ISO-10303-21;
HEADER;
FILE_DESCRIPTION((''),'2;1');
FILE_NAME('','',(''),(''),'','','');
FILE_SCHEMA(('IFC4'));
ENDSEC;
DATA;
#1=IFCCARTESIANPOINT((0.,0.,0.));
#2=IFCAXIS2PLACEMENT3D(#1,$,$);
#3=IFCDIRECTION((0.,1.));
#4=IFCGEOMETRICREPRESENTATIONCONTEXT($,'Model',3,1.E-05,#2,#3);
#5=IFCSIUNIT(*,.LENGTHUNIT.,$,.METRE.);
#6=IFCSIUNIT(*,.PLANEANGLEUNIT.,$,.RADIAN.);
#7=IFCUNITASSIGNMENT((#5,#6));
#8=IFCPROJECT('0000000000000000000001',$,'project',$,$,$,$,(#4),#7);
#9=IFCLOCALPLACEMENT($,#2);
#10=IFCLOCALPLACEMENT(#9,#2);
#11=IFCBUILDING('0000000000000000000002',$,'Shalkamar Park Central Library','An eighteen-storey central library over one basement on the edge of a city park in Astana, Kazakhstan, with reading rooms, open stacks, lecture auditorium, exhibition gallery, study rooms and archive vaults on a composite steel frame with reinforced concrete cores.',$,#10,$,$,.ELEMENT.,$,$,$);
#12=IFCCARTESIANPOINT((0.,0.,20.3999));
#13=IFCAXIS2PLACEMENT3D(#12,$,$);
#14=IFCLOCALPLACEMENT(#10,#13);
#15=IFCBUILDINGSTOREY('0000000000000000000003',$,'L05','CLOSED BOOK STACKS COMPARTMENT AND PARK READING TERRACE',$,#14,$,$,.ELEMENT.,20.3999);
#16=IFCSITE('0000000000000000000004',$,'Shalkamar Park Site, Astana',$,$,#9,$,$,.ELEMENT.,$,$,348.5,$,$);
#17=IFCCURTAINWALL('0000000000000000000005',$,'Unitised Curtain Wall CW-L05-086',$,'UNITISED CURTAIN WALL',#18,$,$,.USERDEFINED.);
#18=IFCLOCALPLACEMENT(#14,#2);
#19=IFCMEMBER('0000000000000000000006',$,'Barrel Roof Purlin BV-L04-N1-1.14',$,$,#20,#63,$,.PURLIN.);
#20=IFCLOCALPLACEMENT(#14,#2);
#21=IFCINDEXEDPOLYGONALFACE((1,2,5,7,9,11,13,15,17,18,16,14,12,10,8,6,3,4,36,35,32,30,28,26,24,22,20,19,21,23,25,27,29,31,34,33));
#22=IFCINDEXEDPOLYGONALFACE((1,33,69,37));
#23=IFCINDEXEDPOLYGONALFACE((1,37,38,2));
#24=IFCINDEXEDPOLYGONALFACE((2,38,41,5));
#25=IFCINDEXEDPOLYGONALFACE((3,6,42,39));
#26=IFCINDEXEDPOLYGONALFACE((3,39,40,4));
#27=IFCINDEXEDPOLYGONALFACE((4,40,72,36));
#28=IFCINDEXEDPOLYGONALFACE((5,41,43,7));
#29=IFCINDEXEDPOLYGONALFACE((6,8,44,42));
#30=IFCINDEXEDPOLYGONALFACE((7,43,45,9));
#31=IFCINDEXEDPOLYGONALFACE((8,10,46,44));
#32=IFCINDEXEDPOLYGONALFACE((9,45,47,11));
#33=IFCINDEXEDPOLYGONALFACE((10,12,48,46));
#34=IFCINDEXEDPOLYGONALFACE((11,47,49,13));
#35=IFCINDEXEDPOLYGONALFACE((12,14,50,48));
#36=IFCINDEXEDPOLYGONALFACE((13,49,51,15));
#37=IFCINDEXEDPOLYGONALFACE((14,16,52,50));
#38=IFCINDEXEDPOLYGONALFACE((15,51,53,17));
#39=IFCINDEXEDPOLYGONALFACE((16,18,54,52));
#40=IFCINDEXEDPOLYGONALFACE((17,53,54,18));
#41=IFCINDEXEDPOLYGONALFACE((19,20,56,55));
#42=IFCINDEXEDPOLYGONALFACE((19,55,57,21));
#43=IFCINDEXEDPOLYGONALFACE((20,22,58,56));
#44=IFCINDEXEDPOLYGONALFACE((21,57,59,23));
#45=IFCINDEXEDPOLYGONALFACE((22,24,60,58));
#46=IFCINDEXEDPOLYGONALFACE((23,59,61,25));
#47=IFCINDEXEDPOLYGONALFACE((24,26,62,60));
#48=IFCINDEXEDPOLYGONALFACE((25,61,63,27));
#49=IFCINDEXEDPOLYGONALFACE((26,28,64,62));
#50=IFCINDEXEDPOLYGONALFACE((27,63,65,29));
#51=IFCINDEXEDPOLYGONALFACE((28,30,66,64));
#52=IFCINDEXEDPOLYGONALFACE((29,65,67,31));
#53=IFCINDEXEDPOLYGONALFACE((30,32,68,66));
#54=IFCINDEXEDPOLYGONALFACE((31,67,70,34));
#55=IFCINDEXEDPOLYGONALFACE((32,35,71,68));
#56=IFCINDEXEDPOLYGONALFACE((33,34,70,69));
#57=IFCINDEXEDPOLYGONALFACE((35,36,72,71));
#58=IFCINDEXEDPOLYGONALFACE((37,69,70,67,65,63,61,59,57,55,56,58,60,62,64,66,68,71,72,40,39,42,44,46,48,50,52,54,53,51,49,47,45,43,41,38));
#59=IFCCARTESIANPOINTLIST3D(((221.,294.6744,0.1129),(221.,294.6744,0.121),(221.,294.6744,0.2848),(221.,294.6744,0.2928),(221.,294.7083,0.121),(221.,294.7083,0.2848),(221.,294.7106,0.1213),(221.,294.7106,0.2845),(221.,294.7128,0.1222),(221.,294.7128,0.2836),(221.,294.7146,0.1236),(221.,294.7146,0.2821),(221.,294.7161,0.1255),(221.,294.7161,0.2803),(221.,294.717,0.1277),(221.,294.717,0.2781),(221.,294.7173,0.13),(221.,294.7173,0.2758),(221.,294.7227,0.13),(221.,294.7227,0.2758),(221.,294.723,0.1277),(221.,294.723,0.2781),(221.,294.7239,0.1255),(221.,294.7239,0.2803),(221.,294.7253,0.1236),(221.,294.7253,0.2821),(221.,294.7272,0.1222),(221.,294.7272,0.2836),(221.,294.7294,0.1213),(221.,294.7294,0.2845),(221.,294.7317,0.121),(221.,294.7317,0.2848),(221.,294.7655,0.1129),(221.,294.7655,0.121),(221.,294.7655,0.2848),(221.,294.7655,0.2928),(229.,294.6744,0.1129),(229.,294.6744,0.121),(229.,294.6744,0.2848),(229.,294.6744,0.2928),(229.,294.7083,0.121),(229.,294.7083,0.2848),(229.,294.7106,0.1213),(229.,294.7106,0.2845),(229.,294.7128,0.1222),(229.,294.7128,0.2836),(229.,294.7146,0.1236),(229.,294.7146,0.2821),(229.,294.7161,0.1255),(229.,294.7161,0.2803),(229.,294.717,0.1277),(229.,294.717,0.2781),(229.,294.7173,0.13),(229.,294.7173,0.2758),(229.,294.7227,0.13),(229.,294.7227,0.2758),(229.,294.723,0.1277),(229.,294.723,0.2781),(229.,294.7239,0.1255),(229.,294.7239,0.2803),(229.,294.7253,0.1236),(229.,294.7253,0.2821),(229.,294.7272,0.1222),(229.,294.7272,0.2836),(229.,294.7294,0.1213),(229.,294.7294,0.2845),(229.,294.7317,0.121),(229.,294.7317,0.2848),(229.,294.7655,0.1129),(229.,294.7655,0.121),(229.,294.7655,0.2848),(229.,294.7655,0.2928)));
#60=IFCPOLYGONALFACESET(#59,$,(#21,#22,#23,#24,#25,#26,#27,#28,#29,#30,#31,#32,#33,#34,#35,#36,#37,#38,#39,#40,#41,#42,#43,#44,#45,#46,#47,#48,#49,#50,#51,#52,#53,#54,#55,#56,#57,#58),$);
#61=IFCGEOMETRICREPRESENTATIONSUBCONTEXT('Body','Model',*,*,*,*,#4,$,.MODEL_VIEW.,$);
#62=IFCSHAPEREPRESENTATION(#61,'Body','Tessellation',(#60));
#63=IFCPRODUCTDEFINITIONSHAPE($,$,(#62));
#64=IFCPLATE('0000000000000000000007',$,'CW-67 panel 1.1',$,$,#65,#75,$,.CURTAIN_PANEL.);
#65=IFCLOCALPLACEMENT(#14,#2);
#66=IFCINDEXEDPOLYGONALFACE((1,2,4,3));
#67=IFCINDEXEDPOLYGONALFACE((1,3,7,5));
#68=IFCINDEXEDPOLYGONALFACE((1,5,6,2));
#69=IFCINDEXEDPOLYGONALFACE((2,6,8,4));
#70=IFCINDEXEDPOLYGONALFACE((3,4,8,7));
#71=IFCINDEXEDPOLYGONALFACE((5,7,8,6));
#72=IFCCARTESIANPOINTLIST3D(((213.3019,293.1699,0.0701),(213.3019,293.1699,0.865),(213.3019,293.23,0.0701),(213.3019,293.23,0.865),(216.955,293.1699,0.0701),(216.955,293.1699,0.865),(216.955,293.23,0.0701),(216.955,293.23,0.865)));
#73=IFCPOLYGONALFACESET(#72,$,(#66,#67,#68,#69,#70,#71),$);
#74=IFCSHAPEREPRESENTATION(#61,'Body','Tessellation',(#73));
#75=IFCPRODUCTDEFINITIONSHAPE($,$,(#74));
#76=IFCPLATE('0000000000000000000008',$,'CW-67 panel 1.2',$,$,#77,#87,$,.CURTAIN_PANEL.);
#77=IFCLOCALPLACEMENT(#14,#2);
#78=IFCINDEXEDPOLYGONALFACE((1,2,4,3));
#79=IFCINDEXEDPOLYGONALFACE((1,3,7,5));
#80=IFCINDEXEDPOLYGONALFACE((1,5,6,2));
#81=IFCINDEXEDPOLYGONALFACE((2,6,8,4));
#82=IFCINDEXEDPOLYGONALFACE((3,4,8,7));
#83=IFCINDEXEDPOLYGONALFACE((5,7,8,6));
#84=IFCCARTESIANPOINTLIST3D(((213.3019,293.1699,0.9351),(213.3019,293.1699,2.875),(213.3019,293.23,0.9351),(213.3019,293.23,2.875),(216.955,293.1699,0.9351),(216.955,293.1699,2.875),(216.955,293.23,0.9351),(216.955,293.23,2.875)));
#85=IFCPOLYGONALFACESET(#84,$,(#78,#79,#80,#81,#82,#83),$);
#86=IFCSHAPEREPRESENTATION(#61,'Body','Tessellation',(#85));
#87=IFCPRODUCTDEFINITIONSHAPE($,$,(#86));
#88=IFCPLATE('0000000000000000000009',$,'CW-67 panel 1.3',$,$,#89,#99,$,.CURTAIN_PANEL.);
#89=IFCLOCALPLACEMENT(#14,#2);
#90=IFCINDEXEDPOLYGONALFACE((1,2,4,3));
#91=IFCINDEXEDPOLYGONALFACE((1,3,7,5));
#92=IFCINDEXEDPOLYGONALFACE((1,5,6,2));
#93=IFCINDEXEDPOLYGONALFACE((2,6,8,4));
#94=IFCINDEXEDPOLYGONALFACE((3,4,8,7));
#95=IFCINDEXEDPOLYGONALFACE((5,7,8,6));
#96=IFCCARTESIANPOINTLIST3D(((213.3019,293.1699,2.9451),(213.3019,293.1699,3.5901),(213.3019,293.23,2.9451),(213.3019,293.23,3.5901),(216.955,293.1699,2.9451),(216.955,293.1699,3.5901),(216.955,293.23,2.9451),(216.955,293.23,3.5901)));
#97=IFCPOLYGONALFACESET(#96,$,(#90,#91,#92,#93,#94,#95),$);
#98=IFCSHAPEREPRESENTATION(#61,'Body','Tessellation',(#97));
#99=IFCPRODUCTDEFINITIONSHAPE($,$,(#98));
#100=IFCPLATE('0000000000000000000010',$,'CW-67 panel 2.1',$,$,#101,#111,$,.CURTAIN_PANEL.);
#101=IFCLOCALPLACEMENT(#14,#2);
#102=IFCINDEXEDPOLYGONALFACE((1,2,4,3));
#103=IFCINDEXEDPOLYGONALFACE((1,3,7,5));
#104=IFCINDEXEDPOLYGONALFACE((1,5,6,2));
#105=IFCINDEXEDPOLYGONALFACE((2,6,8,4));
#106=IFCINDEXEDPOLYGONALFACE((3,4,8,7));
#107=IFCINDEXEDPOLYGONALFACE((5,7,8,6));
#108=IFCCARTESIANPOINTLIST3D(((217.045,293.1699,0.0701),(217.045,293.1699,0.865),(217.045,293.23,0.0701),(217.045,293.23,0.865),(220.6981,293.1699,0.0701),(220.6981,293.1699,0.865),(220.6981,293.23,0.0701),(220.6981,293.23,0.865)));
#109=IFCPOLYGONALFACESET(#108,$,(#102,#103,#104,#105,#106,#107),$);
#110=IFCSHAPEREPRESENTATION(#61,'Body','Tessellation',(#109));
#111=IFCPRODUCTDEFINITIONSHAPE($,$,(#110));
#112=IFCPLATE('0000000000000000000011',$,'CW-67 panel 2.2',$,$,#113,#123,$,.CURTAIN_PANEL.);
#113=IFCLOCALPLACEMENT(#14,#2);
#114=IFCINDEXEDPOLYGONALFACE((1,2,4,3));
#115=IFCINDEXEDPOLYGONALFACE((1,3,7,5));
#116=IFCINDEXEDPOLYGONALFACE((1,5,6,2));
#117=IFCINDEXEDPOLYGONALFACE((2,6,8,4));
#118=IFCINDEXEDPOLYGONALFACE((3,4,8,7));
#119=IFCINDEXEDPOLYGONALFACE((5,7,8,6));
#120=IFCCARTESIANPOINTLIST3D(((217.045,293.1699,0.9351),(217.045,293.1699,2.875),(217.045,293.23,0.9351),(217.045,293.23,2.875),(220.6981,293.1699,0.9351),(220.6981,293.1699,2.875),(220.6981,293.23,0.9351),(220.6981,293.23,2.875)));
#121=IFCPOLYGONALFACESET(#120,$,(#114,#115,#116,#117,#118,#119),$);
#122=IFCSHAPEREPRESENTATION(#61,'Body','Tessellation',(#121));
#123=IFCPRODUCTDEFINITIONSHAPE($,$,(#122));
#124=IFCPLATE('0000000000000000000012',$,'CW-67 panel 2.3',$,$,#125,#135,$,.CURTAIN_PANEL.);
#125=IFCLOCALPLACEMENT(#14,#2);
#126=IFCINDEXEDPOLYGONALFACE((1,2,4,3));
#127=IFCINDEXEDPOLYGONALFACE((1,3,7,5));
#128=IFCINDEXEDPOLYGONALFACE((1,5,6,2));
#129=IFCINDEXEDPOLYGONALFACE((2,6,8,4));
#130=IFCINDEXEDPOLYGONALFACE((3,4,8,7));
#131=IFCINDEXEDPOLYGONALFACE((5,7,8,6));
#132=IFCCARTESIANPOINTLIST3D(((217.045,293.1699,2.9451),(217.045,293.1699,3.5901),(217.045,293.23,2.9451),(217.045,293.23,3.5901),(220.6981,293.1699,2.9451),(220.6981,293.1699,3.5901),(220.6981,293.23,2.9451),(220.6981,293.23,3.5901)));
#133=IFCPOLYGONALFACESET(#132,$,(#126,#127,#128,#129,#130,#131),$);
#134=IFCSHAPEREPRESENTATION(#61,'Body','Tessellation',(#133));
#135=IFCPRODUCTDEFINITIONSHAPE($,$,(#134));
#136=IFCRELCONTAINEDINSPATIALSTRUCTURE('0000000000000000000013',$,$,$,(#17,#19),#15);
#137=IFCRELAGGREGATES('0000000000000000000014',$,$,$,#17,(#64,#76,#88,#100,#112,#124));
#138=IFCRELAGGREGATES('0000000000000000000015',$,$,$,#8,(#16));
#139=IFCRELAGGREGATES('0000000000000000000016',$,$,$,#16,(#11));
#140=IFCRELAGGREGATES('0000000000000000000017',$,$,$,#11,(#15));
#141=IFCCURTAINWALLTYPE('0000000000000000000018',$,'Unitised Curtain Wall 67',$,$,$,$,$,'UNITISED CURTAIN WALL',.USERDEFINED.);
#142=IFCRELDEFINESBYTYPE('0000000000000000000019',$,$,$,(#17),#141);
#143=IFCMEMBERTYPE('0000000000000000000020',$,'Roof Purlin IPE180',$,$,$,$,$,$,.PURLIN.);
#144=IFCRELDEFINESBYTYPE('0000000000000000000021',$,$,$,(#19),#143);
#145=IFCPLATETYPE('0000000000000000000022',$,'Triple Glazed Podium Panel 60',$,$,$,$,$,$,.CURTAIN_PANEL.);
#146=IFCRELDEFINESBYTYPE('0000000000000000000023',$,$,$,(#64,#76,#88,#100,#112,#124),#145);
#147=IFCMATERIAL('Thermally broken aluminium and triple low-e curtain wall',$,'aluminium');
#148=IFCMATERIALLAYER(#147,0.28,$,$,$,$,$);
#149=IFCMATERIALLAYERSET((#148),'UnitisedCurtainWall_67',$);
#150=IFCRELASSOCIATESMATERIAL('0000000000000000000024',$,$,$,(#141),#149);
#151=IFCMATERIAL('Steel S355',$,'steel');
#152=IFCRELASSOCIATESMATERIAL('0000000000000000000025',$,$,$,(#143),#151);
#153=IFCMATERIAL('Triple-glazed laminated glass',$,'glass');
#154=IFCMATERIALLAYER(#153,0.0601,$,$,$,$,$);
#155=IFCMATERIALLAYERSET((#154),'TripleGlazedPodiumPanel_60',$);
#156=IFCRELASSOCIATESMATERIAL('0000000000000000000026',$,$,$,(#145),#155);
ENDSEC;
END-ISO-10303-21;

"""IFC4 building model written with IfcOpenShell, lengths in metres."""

from ifc_helpers import new_model, si_unit, direction, frame, origin, origin_2d, place, context, subcontext, project, spatial, rectangle, i_section, extrude, material, layer, layer_set, material_profile, profile_set, type_object, element, aggregate, save


model = new_model("IFC4")

# Units and contexts
model_context = context("Model", 3, precision=1e-05, world=origin(), true_north=direction((0.0, 1.0)))
body_context = subcontext(model_context, "Body", "Model", "MODEL_VIEW")
ifc_project = project(units=[si_unit("LENGTHUNIT", "METRE"), si_unit("PLANEANGLEUNIT", "RADIAN")], contexts=[model_context])

# Site, building, storey
site_placement = place(None, origin())
site = spatial("IfcSite", under=ifc_project, at=site_placement, Name="Shalkamar Park Site, Astana", CompositionType="ELEMENT", RefElevation=348.5)
building_placement = place(site_placement, origin())
building = spatial("IfcBuilding", under=site, at=building_placement, Name="Shalkamar Park Central Library", Description="An eighteen-storey central library over one basement on the edge of a city park in Astana, Kazakhstan, with reading rooms, open stacks, lecture auditorium, exhibition gallery, study rooms and archive vaults on a composite steel frame with reinforced concrete cores.", CompositionType="ELEMENT")
storey_placement = place(building_placement, frame((0.0, 0.0, 20.3999)))
storey = spatial("IfcBuildingStorey", under=building, at=storey_placement, Name="L05", Description="CLOSED BOOK STACKS COMPARTMENT AND PARK READING TERRACE", CompositionType="ELEMENT", Elevation=20.3999)

# Shared definitions
ifc_material_1 = material(Name="Steel S355", Category="steel")

# Curtain wall
ifc_material_2 = material(Name="Thermally broken aluminium and triple low-e curtain wall", Category="aluminium")
ifc_layer_1 = layer(ifc_material_2, 0.28)
ifc_layer_set_1 = layer_set([ifc_layer_1], Name="UnitisedCurtainWall_67")
curtain_wall_type = type_object("IfcCurtainWallType", Name="Unitised Curtain Wall 67", ElementType="UNITISED CURTAIN WALL", PredefinedType="USERDEFINED", material=ifc_layer_set_1)
curtain_wall_placement = place(storey_placement, origin())
curtain_wall = element("IfcCurtainWall", 1, at=curtain_wall_placement, inside=storey, type_object=curtain_wall_type, Name="Unitised Curtain Wall CW-L05-086", ObjectType="UNITISED CURTAIN WALL", PredefinedType="USERDEFINED")

# Member
ifc_material_profile_1 = material_profile(ifc_material_1, i_section(OverallWidth=0.0911, OverallDepth=0.1799, WebThickness=0.0054, FlangeThickness=0.0081, FilletRadius=0.009, at=origin_2d()), Name="IPE 180")
ifc_profile_set_1 = profile_set([ifc_material_profile_1], Name="Steel S355")
member_type_1 = type_object("IfcMemberType", Name="Roof Purlin IPE180", PredefinedType="PURLIN", material=ifc_profile_set_1)
member_1_placement = place(storey_placement, frame((221.0, 294.72, 0.2029), z_axis=(1.0, 0.0, 0.0), x_axis=(0.0, 1.0, 0.0)))
element("IfcMember", 2, at=member_1_placement, inside=storey, type_object=member_type_1, Name="Barrel Roof Purlin BV-L04-N1-1.14", PredefinedType="PURLIN", context=body_context, shape_type="SweptSolid", body=[
    extrude(i_section(OverallWidth=0.0911, OverallDepth=0.1799, WebThickness=0.0054, FlangeThickness=0.0081, FilletRadius=0.009, at=origin_2d()), origin(), (0.0, 0.0, 1.0), 8.0),
])

# Plates
ifc_material_3 = material(Name="Triple-glazed laminated glass", Category="glass")
ifc_layer_2 = layer(ifc_material_3, 0.0601)
ifc_layer_set_2 = layer_set([ifc_layer_2], Name="TripleGlazedPodiumPanel_60")
plate_type = type_object("IfcPlateType", Name="Triple Glazed Podium Panel 60", PredefinedType="CURTAIN_PANEL", material=ifc_layer_set_2)
plate_1_placement = place(storey_placement, frame((215.1284, 293.2, 0.0701), z_axis=(0.0, 0.0, 1.0), x_axis=(1.0, 0.0, 0.0)))
plate_1 = element("IfcPlate", 3, at=plate_1_placement, type_object=plate_type, Name="CW-67 panel 1.1", PredefinedType="CURTAIN_PANEL", context=body_context, shape_type="SweptSolid", body=[
    extrude(rectangle(XDim=3.6531, YDim=0.0601, at=origin_2d()), origin(), (0.0, 0.0, 1.0), 0.7949),
])
plate_2_placement = place(storey_placement, frame((215.1284, 293.2, 0.9351), z_axis=(0.0, 0.0, 1.0), x_axis=(1.0, 0.0, 0.0)))
plate_2 = element("IfcPlate", 4, at=plate_2_placement, type_object=plate_type, Name="CW-67 panel 1.2", PredefinedType="CURTAIN_PANEL", context=body_context, shape_type="SweptSolid", body=[
    extrude(rectangle(XDim=3.6531, YDim=0.0601, at=origin_2d()), origin(), (0.0, 0.0, 1.0), 1.9399),
])
plate_3_placement = place(storey_placement, frame((215.1284, 293.2, 2.9451), z_axis=(0.0, 0.0, 1.0), x_axis=(1.0, 0.0, 0.0)))
plate_3 = element("IfcPlate", 5, at=plate_3_placement, type_object=plate_type, Name="CW-67 panel 1.3", PredefinedType="CURTAIN_PANEL", context=body_context, shape_type="SweptSolid", body=[
    extrude(rectangle(XDim=3.6531, YDim=0.0601, at=origin_2d()), origin(), (0.0, 0.0, 1.0), 0.645),
])
plate_4_placement = place(storey_placement, frame((218.8716, 293.2, 0.0701), z_axis=(0.0, 0.0, 1.0), x_axis=(1.0, 0.0, 0.0)))
plate_4 = element("IfcPlate", 6, at=plate_4_placement, type_object=plate_type, Name="CW-67 panel 2.1", PredefinedType="CURTAIN_PANEL", context=body_context, shape_type="SweptSolid", body=[
    extrude(rectangle(XDim=3.6531, YDim=0.0601, at=origin_2d()), origin(), (0.0, 0.0, 1.0), 0.7949),
])
plate_5_placement = place(storey_placement, frame((218.8716, 293.2, 0.9351), z_axis=(0.0, 0.0, 1.0), x_axis=(1.0, 0.0, 0.0)))
plate_5 = element("IfcPlate", 7, at=plate_5_placement, type_object=plate_type, Name="CW-67 panel 2.2", PredefinedType="CURTAIN_PANEL", context=body_context, shape_type="SweptSolid", body=[
    extrude(rectangle(XDim=3.6531, YDim=0.0601, at=origin_2d()), origin(), (0.0, 0.0, 1.0), 1.9399),
])
plate_6_placement = place(storey_placement, frame((218.8716, 293.2, 2.9451), z_axis=(0.0, 0.0, 1.0), x_axis=(1.0, 0.0, 0.0)))
plate_6 = element("IfcPlate", 8, at=plate_6_placement, type_object=plate_type, Name="CW-67 panel 2.3", PredefinedType="CURTAIN_PANEL", context=body_context, shape_type="SweptSolid", body=[
    extrude(rectangle(XDim=3.6531, YDim=0.0601, at=origin_2d()), origin(), (0.0, 0.0, 1.0), 0.645),
])
aggregate(curtain_wall, [plate_1, plate_2, plate_3, plate_4, plate_5, plate_6])

save(model, "model.ifc")
